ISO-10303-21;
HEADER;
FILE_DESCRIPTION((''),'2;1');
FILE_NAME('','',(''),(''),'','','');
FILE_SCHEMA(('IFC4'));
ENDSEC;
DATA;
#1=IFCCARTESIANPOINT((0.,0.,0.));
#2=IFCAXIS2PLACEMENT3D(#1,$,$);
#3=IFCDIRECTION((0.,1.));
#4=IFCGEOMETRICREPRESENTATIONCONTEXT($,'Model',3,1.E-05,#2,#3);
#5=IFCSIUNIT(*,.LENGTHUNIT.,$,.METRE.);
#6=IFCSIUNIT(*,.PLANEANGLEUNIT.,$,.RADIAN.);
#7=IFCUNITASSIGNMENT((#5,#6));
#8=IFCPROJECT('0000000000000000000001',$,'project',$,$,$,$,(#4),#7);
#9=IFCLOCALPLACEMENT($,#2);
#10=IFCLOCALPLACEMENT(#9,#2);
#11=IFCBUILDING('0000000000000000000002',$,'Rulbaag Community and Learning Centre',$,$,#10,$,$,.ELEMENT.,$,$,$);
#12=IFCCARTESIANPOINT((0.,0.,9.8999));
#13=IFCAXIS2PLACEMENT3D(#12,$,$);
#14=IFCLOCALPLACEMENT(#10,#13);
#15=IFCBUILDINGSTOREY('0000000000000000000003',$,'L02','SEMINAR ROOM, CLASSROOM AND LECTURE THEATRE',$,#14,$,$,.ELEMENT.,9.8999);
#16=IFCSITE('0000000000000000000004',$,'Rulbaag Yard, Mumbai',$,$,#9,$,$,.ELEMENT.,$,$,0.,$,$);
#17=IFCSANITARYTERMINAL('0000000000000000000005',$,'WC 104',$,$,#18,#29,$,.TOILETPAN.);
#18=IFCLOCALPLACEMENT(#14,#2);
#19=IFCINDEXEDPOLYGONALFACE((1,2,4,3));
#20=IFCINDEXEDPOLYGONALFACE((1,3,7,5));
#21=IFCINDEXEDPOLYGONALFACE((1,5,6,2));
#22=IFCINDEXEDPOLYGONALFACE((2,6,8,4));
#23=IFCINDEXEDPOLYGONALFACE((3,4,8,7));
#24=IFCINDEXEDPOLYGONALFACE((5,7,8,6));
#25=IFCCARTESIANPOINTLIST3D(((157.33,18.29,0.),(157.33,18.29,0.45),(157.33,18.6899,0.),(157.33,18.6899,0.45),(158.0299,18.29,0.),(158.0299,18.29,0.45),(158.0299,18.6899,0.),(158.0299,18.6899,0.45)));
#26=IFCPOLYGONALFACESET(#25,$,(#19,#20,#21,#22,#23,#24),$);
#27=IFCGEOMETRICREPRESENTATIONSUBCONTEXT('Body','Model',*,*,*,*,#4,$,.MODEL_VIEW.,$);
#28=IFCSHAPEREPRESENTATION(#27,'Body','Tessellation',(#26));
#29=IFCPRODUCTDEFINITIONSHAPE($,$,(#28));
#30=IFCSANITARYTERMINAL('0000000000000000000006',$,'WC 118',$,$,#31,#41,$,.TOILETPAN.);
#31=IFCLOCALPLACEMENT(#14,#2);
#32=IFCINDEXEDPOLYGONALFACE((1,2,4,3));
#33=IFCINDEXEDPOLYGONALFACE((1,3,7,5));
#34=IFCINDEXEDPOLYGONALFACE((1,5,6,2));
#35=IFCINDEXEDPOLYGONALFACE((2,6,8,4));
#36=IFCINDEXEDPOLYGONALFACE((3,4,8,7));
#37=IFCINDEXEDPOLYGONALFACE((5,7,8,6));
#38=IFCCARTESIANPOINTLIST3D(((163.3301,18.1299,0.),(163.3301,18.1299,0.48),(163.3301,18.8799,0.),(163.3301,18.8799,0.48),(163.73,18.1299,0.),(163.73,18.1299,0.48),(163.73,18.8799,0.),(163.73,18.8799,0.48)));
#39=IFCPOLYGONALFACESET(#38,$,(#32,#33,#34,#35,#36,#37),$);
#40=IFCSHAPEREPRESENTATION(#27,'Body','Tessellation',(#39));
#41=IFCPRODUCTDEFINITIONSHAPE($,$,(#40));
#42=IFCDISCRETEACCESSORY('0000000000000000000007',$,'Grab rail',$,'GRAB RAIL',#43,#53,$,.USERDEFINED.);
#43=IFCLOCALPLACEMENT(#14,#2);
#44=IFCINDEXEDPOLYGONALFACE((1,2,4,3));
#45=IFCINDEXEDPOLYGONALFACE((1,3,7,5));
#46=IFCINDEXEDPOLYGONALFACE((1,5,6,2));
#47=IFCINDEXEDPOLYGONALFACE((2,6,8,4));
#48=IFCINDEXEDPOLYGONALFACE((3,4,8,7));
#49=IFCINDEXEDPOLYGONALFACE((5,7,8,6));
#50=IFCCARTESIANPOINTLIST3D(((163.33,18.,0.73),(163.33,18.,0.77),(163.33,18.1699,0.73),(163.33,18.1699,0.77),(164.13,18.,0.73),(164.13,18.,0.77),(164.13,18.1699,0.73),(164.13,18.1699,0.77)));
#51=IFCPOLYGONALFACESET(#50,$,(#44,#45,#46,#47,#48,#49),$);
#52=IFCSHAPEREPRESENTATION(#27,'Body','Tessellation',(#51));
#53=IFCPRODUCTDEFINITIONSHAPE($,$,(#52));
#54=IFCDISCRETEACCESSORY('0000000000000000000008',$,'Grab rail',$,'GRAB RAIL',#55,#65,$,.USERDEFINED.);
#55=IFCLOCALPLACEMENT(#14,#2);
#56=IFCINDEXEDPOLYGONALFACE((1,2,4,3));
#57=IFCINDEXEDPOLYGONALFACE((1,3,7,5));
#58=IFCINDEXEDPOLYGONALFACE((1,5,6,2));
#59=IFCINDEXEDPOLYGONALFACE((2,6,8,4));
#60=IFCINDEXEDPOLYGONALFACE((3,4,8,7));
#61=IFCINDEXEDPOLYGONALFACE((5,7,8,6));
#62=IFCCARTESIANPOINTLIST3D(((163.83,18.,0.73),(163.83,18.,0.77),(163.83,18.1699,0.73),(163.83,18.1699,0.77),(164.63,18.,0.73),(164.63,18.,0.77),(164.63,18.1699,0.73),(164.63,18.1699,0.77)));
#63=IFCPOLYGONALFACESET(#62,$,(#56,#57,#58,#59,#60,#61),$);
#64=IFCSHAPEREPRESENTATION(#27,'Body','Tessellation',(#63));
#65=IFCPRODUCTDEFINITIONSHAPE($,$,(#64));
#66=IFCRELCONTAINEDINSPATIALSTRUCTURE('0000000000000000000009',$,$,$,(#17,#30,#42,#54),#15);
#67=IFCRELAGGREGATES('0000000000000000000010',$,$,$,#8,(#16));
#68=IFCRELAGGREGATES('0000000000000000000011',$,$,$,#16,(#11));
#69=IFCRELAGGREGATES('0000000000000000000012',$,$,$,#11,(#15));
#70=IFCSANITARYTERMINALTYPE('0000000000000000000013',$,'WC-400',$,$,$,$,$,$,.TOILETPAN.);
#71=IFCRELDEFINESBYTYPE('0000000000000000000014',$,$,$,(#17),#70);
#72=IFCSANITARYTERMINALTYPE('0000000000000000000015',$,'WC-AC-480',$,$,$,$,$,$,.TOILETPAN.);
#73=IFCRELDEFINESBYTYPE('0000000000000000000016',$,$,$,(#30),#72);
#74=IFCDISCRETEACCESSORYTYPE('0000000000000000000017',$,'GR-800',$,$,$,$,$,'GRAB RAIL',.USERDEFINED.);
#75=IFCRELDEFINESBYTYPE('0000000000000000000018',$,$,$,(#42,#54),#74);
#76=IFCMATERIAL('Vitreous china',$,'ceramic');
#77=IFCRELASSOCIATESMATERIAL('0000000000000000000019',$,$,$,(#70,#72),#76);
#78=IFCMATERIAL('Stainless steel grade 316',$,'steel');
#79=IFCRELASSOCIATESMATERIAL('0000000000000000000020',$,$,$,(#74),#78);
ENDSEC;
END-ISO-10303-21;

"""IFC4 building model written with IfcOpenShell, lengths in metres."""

from ifc_helpers import new_model, si_unit, direction, frame, origin, origin_2d, place, context, subcontext, project, spatial, rectangle, extrude, material, type_object, element, save


model = new_model("IFC4")

# Units and contexts
model_context = context("Model", 3, precision=1e-05, world=origin(), true_north=direction((0.0, 1.0)))
body_context = subcontext(model_context, "Body", "Model", "MODEL_VIEW")
ifc_project = project(units=[si_unit("LENGTHUNIT", "METRE"), si_unit("PLANEANGLEUNIT", "RADIAN")], contexts=[model_context])

# Site, building, storey
site_placement = place(None, origin())
site = spatial("IfcSite", under=ifc_project, at=site_placement, Name="Rulbaag Yard, Mumbai", CompositionType="ELEMENT", RefElevation=0.0)
building_placement = place(site_placement, origin())
building = spatial("IfcBuilding", under=site, at=building_placement, Name="Rulbaag Community and Learning Centre", CompositionType="ELEMENT")
storey_placement = place(building_placement, frame((0.0, 0.0, 9.8999)))
storey = spatial("IfcBuildingStorey", under=building, at=storey_placement, Name="L02", Description="SEMINAR ROOM, CLASSROOM AND LECTURE THEATRE", CompositionType="ELEMENT", Elevation=9.8999)

# Sanitary terminals
ifc_material_1 = material(Name="Vitreous china", Category="ceramic")
sanitary_terminal_type_1 = type_object("IfcSanitaryTerminalType", Name="WC-400", PredefinedType="TOILETPAN", material=ifc_material_1)
for number, where, z_axis, x_axis, name in (
    (1, (157.6799, 18.49, 0.0), (0.0, 0.0, 1.0), (1.0, 0.0, 0.0), "WC 104"),
):
    element("IfcSanitaryTerminal", number, at=place(storey_placement, frame(where, z_axis=z_axis, x_axis=x_axis)), inside=storey, type_object=sanitary_terminal_type_1, Name=name, PredefinedType="TOILETPAN", context=body_context, shape_type="SweptSolid", body=[
        extrude(rectangle(XDim=0.7, YDim=0.3999, at=origin_2d()), origin(), (0.0, 0.0, 1.0), 0.45),
    ])
sanitary_terminal_type_2 = type_object("IfcSanitaryTerminalType", Name="WC-AC-480", PredefinedType="TOILETPAN", material=ifc_material_1)
sanitary_terminal_1_placement = place(storey_placement, frame((163.53, 18.5049, 0.0), z_axis=(0.0, 0.0, 1.0), x_axis=(1.0, 0.0, 0.0)))
element("IfcSanitaryTerminal", 2, at=sanitary_terminal_1_placement, inside=storey, type_object=sanitary_terminal_type_2, Name="WC 118", PredefinedType="TOILETPAN", context=body_context, shape_type="SweptSolid", body=[
    extrude(rectangle(XDim=0.3999, YDim=0.75, at=origin_2d()), origin(), (0.0, 0.0, 1.0), 0.48),
])

# Discrete accessories
ifc_material_2 = material(Name="Stainless steel grade 316", Category="steel")
discrete_accessory_type = type_object("IfcDiscreteAccessoryType", Name="GR-800", ElementType="GRAB RAIL", PredefinedType="USERDEFINED", material=ifc_material_2)
for number, where, z_axis, x_axis, name in (
    (3, (163.73, 18.085, 0.73), (0.0, 0.0, 1.0), (1.0, 0.0, 0.0), "Grab rail"),
    (4, (164.23, 18.085, 0.73), (0.0, 0.0, 1.0), (1.0, 0.0, 0.0), "Grab rail"),
):
    element("IfcDiscreteAccessory", number, at=place(storey_placement, frame(where, z_axis=z_axis, x_axis=x_axis)), inside=storey, type_object=discrete_accessory_type, Name=name, ObjectType="GRAB RAIL", PredefinedType="USERDEFINED", context=body_context, shape_type="SweptSolid", body=[
        extrude(rectangle(XDim=0.8, YDim=0.1699, at=origin_2d()), origin(), (0.0, 0.0, 1.0), 0.04),
    ])

save(model, "model.ifc")
